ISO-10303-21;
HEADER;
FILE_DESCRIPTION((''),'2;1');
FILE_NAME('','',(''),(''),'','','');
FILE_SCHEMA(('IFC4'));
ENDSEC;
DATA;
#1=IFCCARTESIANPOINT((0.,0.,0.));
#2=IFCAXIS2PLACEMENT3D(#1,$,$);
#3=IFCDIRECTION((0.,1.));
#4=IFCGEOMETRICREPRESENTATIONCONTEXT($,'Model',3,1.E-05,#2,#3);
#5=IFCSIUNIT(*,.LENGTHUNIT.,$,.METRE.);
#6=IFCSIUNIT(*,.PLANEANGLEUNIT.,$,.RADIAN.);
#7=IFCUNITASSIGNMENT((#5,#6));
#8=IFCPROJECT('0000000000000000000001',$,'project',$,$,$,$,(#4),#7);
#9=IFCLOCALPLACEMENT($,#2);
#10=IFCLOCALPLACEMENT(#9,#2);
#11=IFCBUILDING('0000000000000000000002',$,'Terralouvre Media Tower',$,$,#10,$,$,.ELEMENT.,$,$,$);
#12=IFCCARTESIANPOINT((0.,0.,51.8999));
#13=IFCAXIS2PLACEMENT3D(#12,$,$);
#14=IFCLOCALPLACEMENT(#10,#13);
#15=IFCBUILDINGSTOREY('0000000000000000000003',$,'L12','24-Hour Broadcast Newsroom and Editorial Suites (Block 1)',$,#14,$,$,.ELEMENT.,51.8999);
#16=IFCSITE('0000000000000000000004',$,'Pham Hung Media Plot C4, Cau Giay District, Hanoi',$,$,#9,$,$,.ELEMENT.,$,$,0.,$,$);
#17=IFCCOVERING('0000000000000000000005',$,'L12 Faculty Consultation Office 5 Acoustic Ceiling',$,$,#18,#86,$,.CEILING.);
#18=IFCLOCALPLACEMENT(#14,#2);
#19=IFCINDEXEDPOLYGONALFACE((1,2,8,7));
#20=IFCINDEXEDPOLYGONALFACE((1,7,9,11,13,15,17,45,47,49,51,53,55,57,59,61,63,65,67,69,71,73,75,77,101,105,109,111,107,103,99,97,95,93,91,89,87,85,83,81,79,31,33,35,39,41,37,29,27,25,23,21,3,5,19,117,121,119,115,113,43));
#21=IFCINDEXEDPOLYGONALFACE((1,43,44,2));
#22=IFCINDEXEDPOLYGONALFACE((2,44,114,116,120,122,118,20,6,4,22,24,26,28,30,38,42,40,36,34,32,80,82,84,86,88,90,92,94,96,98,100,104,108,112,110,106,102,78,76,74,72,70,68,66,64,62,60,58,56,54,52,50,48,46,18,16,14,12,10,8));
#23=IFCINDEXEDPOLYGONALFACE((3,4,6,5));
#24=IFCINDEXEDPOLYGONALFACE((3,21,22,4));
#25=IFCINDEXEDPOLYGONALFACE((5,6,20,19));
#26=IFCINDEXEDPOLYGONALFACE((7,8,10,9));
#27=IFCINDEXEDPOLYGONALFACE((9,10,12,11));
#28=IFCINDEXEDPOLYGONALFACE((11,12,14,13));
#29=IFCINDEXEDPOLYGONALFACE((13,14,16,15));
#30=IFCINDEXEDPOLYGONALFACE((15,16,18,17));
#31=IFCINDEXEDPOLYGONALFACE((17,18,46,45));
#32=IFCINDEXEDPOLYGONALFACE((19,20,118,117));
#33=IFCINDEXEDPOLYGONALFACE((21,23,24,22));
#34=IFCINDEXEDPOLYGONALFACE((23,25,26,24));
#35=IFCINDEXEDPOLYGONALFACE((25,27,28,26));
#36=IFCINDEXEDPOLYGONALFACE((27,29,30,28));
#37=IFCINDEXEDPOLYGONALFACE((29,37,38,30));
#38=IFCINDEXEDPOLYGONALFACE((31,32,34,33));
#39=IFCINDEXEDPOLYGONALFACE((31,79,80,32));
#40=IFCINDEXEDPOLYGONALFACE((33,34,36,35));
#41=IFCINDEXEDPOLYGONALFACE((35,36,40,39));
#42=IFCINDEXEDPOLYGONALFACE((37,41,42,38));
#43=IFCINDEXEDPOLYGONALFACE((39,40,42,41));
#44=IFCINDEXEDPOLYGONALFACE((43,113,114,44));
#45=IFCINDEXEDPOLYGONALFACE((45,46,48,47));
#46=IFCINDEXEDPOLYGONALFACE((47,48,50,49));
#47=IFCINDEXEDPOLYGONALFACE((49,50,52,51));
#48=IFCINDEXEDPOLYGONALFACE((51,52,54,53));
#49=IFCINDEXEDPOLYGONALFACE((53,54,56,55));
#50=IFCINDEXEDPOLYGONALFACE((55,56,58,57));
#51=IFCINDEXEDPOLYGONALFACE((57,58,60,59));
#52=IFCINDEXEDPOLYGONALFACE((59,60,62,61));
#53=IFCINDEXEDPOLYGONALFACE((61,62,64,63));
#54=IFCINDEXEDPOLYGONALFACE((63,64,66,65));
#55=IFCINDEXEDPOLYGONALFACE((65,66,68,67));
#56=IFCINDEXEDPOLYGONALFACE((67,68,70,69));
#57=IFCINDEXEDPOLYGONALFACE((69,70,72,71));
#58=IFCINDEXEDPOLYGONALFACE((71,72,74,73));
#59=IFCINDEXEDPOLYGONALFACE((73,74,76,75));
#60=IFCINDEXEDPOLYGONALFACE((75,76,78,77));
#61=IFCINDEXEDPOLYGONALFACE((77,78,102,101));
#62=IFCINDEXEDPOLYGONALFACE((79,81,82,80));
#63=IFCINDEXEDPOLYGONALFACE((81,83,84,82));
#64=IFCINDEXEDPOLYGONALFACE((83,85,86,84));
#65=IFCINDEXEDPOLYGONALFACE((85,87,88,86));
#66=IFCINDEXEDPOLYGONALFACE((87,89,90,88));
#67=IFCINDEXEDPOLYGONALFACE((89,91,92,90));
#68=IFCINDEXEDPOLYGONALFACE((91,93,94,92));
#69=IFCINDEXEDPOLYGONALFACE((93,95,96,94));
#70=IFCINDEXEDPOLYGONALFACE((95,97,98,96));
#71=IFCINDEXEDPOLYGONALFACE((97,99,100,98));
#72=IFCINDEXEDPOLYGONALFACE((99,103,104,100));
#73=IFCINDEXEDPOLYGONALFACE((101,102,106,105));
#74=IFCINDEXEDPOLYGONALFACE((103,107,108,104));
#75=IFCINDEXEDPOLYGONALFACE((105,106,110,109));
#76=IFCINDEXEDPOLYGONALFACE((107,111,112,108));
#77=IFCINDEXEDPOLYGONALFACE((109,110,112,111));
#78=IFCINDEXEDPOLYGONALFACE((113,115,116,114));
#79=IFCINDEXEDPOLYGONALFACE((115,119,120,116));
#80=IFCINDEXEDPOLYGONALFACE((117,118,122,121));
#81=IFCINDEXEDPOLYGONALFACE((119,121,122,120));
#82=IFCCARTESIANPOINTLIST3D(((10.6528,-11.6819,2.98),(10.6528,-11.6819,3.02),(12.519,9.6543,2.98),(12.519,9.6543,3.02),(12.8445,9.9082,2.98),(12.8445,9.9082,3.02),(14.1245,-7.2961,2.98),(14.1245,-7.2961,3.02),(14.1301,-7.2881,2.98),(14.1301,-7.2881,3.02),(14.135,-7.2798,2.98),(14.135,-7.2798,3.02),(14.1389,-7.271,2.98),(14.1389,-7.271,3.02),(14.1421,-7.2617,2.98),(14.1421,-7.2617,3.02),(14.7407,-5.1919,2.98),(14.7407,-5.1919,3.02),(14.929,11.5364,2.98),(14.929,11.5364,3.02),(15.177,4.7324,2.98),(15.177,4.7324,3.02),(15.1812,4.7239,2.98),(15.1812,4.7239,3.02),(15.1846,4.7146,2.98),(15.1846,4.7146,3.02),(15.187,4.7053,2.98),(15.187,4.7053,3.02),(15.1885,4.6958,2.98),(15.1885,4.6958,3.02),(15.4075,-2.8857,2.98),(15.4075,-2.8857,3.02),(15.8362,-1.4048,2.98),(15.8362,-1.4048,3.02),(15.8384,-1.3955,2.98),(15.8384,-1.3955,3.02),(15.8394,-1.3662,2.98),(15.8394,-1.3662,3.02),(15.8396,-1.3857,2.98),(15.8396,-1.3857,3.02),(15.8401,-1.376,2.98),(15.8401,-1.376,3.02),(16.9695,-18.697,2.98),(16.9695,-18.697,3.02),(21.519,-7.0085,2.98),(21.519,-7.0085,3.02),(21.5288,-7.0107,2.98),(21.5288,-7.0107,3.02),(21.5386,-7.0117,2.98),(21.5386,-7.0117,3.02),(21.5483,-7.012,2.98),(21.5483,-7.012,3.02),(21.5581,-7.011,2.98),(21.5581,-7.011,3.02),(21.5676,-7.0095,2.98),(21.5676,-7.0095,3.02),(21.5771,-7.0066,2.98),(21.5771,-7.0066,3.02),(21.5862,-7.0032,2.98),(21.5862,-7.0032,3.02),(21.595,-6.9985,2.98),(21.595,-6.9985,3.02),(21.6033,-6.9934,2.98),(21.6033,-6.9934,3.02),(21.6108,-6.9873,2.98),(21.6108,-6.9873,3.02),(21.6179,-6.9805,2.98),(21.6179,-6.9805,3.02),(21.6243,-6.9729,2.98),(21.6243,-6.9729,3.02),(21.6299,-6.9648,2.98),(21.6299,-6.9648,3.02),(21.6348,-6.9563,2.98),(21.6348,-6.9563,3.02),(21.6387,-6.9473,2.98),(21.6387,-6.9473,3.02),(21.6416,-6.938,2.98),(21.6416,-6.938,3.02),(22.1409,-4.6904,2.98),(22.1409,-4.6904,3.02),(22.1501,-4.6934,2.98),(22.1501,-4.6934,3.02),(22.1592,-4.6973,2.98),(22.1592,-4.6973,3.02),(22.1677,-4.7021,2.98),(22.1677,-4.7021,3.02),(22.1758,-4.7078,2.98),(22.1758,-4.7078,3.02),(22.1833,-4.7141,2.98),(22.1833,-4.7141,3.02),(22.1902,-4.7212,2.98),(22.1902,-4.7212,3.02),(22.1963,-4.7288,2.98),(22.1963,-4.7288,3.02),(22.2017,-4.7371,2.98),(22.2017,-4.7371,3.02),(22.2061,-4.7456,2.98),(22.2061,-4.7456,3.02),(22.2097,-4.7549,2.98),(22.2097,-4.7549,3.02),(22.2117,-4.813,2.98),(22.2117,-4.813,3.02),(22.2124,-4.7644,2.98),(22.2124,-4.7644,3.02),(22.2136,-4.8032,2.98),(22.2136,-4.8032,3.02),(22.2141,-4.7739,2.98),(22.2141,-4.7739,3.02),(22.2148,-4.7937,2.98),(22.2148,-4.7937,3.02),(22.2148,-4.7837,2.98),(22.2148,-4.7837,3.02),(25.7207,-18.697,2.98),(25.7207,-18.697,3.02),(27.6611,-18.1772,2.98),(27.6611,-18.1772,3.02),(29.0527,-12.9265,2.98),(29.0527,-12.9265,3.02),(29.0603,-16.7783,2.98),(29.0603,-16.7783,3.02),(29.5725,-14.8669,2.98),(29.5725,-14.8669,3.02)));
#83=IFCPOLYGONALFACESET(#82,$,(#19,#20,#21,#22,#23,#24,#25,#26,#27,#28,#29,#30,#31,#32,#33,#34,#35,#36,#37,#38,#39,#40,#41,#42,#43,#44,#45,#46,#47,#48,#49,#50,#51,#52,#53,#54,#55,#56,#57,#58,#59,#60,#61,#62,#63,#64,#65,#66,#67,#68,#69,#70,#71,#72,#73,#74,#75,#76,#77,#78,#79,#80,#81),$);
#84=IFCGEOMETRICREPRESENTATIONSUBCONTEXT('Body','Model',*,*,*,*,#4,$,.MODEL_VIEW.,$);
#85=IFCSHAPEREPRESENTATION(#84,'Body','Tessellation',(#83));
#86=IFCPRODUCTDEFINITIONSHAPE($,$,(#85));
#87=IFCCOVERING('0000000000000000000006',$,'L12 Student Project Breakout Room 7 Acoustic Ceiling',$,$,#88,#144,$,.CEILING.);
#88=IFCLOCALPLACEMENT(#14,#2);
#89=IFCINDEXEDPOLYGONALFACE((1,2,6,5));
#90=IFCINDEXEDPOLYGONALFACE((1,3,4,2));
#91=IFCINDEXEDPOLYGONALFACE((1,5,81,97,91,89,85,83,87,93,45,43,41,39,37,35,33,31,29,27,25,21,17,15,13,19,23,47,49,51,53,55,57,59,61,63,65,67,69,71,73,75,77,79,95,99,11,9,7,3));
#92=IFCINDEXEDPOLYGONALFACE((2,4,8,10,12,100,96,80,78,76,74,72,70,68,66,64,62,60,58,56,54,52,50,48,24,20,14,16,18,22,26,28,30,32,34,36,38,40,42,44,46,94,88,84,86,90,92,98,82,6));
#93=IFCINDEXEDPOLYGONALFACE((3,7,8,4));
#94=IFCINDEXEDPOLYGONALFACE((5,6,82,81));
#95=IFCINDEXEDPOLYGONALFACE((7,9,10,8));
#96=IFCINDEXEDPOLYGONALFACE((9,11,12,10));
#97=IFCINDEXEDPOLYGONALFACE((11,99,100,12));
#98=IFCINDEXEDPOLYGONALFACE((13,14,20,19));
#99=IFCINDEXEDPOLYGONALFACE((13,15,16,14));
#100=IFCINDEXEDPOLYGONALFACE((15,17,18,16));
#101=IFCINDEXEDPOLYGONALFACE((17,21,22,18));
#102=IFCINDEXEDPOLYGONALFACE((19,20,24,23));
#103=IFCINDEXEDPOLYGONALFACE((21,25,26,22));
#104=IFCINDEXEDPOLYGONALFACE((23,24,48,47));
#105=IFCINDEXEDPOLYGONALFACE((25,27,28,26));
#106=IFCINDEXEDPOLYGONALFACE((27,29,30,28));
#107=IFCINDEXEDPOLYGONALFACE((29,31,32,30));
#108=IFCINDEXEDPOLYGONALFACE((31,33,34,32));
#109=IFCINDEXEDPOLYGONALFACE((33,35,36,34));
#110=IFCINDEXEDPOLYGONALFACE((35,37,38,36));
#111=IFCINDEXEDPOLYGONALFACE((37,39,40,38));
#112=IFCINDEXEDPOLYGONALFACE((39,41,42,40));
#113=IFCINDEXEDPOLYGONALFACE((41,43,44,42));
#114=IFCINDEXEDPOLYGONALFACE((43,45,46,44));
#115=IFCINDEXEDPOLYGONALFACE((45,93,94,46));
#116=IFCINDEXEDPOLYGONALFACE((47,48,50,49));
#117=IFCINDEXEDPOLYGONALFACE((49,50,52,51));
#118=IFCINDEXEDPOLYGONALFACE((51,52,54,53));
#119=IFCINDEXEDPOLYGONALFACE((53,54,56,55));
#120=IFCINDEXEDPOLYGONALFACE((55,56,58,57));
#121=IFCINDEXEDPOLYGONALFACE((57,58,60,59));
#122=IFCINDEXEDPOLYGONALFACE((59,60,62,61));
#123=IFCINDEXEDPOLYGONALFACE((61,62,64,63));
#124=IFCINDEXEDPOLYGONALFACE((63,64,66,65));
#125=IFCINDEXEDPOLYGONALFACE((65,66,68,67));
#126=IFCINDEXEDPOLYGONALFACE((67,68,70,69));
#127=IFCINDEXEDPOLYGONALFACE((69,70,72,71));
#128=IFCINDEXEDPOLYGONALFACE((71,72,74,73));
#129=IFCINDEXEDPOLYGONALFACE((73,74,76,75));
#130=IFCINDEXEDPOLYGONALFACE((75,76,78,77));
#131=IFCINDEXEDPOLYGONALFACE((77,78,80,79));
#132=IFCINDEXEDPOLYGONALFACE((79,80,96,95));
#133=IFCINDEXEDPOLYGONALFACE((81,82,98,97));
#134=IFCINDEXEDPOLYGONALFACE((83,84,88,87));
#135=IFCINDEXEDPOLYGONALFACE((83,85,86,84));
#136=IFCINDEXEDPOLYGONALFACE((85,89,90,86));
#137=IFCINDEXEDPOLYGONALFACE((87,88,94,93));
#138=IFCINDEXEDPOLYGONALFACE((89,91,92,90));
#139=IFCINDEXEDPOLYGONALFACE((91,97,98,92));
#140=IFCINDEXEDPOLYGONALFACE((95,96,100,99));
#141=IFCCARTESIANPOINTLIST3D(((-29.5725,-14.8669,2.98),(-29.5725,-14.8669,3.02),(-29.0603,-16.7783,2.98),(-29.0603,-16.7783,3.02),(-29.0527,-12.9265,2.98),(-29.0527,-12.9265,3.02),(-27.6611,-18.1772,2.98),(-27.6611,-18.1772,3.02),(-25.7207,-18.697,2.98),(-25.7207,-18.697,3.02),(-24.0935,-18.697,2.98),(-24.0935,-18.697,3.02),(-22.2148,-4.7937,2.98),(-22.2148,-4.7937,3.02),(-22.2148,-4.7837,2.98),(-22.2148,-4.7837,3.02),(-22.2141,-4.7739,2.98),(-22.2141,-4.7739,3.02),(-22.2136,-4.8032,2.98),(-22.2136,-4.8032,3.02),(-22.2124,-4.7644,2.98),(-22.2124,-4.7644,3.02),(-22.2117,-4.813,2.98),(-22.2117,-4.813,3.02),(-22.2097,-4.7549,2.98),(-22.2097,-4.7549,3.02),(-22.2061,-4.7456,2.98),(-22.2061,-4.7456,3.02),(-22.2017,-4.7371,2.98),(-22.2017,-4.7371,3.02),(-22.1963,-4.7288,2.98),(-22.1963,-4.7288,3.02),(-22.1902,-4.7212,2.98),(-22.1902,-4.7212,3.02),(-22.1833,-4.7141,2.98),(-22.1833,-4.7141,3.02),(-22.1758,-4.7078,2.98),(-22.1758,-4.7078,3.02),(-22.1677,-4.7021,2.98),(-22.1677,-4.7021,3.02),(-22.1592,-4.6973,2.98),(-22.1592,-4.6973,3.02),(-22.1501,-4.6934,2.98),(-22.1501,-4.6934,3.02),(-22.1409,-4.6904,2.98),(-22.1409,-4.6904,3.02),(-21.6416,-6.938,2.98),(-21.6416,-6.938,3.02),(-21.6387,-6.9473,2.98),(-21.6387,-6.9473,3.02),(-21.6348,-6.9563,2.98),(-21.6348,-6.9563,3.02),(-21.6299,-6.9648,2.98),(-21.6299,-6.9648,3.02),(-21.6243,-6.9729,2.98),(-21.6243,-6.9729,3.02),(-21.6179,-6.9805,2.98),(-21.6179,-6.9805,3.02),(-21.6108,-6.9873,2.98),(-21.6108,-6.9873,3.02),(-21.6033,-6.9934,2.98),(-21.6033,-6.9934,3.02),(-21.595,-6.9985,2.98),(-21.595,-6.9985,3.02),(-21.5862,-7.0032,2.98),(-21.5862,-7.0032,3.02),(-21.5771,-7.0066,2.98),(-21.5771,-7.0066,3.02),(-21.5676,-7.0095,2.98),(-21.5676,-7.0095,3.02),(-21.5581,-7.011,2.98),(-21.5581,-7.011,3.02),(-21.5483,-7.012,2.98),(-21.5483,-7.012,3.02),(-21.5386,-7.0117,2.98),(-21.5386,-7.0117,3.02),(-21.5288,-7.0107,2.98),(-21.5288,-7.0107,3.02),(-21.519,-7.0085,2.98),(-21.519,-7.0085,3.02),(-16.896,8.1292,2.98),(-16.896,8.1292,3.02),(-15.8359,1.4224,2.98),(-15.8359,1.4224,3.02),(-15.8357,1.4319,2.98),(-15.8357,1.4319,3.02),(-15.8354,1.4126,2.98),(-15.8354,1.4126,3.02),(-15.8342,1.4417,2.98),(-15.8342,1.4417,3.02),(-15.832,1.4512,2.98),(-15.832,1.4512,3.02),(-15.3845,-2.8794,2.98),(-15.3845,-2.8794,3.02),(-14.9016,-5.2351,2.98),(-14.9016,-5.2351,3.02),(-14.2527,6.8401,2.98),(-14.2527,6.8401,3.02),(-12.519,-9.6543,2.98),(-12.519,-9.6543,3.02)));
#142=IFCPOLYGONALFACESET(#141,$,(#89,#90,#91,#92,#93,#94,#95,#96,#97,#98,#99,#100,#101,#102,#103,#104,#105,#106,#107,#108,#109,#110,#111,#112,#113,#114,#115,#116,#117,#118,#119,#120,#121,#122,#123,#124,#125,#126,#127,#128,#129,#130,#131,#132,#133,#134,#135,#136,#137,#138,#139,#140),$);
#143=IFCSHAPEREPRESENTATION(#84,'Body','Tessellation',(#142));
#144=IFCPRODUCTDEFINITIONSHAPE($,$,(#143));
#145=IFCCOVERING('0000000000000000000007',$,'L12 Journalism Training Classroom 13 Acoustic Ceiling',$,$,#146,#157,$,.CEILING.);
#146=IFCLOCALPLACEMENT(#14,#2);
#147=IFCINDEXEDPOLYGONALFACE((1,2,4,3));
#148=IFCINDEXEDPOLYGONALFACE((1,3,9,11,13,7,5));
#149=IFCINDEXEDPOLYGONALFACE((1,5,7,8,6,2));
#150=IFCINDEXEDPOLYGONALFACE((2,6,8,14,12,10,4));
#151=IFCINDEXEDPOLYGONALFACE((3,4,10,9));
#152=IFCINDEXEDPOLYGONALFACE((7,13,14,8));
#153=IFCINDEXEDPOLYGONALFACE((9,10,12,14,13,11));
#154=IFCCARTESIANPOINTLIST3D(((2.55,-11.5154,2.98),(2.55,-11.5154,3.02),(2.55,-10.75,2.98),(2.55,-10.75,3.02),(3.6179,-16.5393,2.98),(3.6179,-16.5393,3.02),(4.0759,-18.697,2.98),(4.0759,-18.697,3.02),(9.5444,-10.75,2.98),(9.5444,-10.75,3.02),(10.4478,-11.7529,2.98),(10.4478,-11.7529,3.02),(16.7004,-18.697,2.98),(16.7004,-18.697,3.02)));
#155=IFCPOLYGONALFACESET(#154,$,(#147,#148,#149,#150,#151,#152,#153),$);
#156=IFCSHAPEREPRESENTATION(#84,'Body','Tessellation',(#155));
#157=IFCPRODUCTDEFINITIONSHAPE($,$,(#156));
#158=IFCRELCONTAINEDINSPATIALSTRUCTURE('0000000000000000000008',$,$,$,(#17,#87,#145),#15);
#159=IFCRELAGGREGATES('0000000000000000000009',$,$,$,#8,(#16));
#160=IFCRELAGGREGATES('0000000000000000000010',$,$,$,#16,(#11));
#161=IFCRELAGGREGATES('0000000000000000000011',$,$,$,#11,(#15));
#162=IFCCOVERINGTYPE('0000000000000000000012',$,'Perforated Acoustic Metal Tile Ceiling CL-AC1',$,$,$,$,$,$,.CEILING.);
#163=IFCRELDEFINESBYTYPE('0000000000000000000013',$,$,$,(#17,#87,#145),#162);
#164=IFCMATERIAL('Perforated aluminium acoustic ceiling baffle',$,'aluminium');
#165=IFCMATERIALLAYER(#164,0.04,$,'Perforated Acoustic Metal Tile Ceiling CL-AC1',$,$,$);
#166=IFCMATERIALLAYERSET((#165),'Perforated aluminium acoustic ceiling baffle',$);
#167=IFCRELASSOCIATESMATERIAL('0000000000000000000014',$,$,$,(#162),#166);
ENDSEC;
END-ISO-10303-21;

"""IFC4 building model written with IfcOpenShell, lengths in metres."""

from ifc_helpers import new_model, si_unit, direction, frame, origin, place, context, subcontext, project, spatial, polyline, outline, extrude, material, layer, layer_set, type_object, element, save


model = new_model("IFC4")

# Units and contexts
model_context = context("Model", 3, precision=1e-05, world=origin(), true_north=direction((0.0, 1.0)))
body_context = subcontext(model_context, "Body", "Model", "MODEL_VIEW")
ifc_project = project(units=[si_unit("LENGTHUNIT", "METRE"), si_unit("PLANEANGLEUNIT", "RADIAN")], contexts=[model_context])

# Site, building, storey
site_placement = place(None, origin())
site = spatial("IfcSite", under=ifc_project, at=site_placement, Name="Pham Hung Media Plot C4, Cau Giay District, Hanoi", CompositionType="ELEMENT", RefElevation=0.0)
building_placement = place(site_placement, origin())
building = spatial("IfcBuilding", under=site, at=building_placement, Name="Terralouvre Media Tower", CompositionType="ELEMENT")
storey_placement = place(building_placement, frame((0.0, 0.0, 51.8999)))
storey = spatial("IfcBuildingStorey", under=building, at=storey_placement, Name="L12", Description="24-Hour Broadcast Newsroom and Editorial Suites (Block 1)", CompositionType="ELEMENT", Elevation=51.8999)

# Coverings
ifc_material_1 = material(Name="Perforated aluminium acoustic ceiling baffle", Category="aluminium")
ifc_layer_1 = layer(ifc_material_1, 0.04, Name="Perforated Acoustic Metal Tile Ceiling CL-AC1")
ifc_layer_set_1 = layer_set([ifc_layer_1], Name="Perforated aluminium acoustic ceiling baffle")
covering_type_1 = type_object("IfcCoveringType", Name="Perforated Acoustic Metal Tile Ceiling CL-AC1", PredefinedType="CEILING", material=ifc_layer_set_1)
covering_1_placement = place(storey_placement, frame((0.0, 0.0, 2.98)))
element("IfcCovering", 1, at=covering_1_placement, inside=storey, type_object=covering_type_1, Name="L12 Faculty Consultation Office 5 Acoustic Ceiling", PredefinedType="CEILING", context=body_context, shape_type="SweptSolid", body=[
    extrude(outline(polyline([(12.519, 9.6543), (15.177, 4.7324), (15.1812, 4.7239), (15.1846, 4.7146), (15.187, 4.7053), (15.1885, 4.6958), (15.8394, -1.3662), (15.8401, -1.376), (15.8396, -1.3857), (15.8384, -1.3955), (15.8362, -1.4048), (15.4075, -2.8857), (22.1409, -4.6904), (22.1501, -4.6934), (22.1592, -4.6973), (22.1677, -4.7021), (22.1758, -4.7078), (22.1833, -4.7141), (22.1902, -4.7212), (22.1963, -4.7288), (22.2017, -4.7371), (22.2061, -4.7456), (22.2097, -4.7549), (22.2124, -4.7644), (22.2141, -4.7739), (22.2148, -4.7837), (22.2148, -4.7937), (22.2136, -4.8032), (22.2117, -4.813), (21.6416, -6.938), (21.6387, -6.9473), (21.6348, -6.9563), (21.6299, -6.9648), (21.6243, -6.9729), (21.6179, -6.9805), (21.6108, -6.9873), (21.6033, -6.9934), (21.595, -6.9985), (21.5862, -7.0032), (21.5771, -7.0066), (21.5676, -7.0095), (21.5581, -7.011), (21.5483, -7.012), (21.5386, -7.0117), (21.5288, -7.0107), (21.519, -7.0085), (14.7407, -5.1919), (14.1421, -7.2617), (14.1389, -7.271), (14.135, -7.2798), (14.1301, -7.2881), (14.1245, -7.2961), (10.6528, -11.6819), (16.9695, -18.697), (25.7207, -18.697), (27.6611, -18.1772), (29.0603, -16.7783), (29.5725, -14.8669), (29.0527, -12.9265), (14.929, 11.5364), (12.8445, 9.9082), (12.519, 9.6543)])), origin(), (0.0, 0.0, 1.0), 0.04),
])
covering_2_placement = place(storey_placement, frame((0.0, 0.0, 2.98)))
element("IfcCovering", 2, at=covering_2_placement, inside=storey, type_object=covering_type_1, Name="L12 Student Project Breakout Room 7 Acoustic Ceiling", PredefinedType="CEILING", context=body_context, shape_type="SweptSolid", body=[
    extrude(outline(polyline([(-14.9016, -5.2351), (-21.519, -7.0085), (-21.5288, -7.0107), (-21.5386, -7.0117), (-21.5483, -7.012), (-21.5581, -7.011), (-21.5676, -7.0095), (-21.5771, -7.0066), (-21.5862, -7.0032), (-21.595, -6.9985), (-21.6033, -6.9934), (-21.6108, -6.9873), (-21.6179, -6.9805), (-21.6243, -6.9729), (-21.6299, -6.9648), (-21.6348, -6.9563), (-21.6387, -6.9473), (-21.6416, -6.938), (-22.2117, -4.813), (-22.2136, -4.8032), (-22.2148, -4.7937), (-22.2148, -4.7837), (-22.2141, -4.7739), (-22.2124, -4.7644), (-22.2097, -4.7549), (-22.2061, -4.7456), (-22.2017, -4.7371), (-22.1963, -4.7288), (-22.1902, -4.7212), (-22.1833, -4.7141), (-22.1758, -4.7078), (-22.1677, -4.7021), (-22.1592, -4.6973), (-22.1501, -4.6934), (-22.1409, -4.6904), (-15.3845, -2.8794), (-15.8354, 1.4126), (-15.8359, 1.4224), (-15.8357, 1.4319), (-15.8342, 1.4417), (-15.832, 1.4512), (-14.2527, 6.8401), (-16.896, 8.1292), (-29.0527, -12.9265), (-29.5725, -14.8669), (-29.0603, -16.7783), (-27.6611, -18.1772), (-25.7207, -18.697), (-24.0935, -18.697), (-12.519, -9.6543), (-14.9016, -5.2351)])), origin(), (0.0, 0.0, 1.0), 0.04),
])
covering_3_placement = place(storey_placement, frame((0.0, 0.0, 2.98)))
element("IfcCovering", 3, at=covering_3_placement, inside=storey, type_object=covering_type_1, Name="L12 Journalism Training Classroom 13 Acoustic Ceiling", PredefinedType="CEILING", context=body_context, shape_type="SweptSolid", body=[
    extrude(outline(polyline([(9.5444, -10.75), (2.55, -10.75), (2.55, -11.5154), (3.6179, -16.5393), (4.0759, -18.697), (16.7004, -18.697), (10.4478, -11.7529), (9.5444, -10.75)])), origin(), (0.0, 0.0, 1.0), 0.04),
])

save(model, "model.ifc")
